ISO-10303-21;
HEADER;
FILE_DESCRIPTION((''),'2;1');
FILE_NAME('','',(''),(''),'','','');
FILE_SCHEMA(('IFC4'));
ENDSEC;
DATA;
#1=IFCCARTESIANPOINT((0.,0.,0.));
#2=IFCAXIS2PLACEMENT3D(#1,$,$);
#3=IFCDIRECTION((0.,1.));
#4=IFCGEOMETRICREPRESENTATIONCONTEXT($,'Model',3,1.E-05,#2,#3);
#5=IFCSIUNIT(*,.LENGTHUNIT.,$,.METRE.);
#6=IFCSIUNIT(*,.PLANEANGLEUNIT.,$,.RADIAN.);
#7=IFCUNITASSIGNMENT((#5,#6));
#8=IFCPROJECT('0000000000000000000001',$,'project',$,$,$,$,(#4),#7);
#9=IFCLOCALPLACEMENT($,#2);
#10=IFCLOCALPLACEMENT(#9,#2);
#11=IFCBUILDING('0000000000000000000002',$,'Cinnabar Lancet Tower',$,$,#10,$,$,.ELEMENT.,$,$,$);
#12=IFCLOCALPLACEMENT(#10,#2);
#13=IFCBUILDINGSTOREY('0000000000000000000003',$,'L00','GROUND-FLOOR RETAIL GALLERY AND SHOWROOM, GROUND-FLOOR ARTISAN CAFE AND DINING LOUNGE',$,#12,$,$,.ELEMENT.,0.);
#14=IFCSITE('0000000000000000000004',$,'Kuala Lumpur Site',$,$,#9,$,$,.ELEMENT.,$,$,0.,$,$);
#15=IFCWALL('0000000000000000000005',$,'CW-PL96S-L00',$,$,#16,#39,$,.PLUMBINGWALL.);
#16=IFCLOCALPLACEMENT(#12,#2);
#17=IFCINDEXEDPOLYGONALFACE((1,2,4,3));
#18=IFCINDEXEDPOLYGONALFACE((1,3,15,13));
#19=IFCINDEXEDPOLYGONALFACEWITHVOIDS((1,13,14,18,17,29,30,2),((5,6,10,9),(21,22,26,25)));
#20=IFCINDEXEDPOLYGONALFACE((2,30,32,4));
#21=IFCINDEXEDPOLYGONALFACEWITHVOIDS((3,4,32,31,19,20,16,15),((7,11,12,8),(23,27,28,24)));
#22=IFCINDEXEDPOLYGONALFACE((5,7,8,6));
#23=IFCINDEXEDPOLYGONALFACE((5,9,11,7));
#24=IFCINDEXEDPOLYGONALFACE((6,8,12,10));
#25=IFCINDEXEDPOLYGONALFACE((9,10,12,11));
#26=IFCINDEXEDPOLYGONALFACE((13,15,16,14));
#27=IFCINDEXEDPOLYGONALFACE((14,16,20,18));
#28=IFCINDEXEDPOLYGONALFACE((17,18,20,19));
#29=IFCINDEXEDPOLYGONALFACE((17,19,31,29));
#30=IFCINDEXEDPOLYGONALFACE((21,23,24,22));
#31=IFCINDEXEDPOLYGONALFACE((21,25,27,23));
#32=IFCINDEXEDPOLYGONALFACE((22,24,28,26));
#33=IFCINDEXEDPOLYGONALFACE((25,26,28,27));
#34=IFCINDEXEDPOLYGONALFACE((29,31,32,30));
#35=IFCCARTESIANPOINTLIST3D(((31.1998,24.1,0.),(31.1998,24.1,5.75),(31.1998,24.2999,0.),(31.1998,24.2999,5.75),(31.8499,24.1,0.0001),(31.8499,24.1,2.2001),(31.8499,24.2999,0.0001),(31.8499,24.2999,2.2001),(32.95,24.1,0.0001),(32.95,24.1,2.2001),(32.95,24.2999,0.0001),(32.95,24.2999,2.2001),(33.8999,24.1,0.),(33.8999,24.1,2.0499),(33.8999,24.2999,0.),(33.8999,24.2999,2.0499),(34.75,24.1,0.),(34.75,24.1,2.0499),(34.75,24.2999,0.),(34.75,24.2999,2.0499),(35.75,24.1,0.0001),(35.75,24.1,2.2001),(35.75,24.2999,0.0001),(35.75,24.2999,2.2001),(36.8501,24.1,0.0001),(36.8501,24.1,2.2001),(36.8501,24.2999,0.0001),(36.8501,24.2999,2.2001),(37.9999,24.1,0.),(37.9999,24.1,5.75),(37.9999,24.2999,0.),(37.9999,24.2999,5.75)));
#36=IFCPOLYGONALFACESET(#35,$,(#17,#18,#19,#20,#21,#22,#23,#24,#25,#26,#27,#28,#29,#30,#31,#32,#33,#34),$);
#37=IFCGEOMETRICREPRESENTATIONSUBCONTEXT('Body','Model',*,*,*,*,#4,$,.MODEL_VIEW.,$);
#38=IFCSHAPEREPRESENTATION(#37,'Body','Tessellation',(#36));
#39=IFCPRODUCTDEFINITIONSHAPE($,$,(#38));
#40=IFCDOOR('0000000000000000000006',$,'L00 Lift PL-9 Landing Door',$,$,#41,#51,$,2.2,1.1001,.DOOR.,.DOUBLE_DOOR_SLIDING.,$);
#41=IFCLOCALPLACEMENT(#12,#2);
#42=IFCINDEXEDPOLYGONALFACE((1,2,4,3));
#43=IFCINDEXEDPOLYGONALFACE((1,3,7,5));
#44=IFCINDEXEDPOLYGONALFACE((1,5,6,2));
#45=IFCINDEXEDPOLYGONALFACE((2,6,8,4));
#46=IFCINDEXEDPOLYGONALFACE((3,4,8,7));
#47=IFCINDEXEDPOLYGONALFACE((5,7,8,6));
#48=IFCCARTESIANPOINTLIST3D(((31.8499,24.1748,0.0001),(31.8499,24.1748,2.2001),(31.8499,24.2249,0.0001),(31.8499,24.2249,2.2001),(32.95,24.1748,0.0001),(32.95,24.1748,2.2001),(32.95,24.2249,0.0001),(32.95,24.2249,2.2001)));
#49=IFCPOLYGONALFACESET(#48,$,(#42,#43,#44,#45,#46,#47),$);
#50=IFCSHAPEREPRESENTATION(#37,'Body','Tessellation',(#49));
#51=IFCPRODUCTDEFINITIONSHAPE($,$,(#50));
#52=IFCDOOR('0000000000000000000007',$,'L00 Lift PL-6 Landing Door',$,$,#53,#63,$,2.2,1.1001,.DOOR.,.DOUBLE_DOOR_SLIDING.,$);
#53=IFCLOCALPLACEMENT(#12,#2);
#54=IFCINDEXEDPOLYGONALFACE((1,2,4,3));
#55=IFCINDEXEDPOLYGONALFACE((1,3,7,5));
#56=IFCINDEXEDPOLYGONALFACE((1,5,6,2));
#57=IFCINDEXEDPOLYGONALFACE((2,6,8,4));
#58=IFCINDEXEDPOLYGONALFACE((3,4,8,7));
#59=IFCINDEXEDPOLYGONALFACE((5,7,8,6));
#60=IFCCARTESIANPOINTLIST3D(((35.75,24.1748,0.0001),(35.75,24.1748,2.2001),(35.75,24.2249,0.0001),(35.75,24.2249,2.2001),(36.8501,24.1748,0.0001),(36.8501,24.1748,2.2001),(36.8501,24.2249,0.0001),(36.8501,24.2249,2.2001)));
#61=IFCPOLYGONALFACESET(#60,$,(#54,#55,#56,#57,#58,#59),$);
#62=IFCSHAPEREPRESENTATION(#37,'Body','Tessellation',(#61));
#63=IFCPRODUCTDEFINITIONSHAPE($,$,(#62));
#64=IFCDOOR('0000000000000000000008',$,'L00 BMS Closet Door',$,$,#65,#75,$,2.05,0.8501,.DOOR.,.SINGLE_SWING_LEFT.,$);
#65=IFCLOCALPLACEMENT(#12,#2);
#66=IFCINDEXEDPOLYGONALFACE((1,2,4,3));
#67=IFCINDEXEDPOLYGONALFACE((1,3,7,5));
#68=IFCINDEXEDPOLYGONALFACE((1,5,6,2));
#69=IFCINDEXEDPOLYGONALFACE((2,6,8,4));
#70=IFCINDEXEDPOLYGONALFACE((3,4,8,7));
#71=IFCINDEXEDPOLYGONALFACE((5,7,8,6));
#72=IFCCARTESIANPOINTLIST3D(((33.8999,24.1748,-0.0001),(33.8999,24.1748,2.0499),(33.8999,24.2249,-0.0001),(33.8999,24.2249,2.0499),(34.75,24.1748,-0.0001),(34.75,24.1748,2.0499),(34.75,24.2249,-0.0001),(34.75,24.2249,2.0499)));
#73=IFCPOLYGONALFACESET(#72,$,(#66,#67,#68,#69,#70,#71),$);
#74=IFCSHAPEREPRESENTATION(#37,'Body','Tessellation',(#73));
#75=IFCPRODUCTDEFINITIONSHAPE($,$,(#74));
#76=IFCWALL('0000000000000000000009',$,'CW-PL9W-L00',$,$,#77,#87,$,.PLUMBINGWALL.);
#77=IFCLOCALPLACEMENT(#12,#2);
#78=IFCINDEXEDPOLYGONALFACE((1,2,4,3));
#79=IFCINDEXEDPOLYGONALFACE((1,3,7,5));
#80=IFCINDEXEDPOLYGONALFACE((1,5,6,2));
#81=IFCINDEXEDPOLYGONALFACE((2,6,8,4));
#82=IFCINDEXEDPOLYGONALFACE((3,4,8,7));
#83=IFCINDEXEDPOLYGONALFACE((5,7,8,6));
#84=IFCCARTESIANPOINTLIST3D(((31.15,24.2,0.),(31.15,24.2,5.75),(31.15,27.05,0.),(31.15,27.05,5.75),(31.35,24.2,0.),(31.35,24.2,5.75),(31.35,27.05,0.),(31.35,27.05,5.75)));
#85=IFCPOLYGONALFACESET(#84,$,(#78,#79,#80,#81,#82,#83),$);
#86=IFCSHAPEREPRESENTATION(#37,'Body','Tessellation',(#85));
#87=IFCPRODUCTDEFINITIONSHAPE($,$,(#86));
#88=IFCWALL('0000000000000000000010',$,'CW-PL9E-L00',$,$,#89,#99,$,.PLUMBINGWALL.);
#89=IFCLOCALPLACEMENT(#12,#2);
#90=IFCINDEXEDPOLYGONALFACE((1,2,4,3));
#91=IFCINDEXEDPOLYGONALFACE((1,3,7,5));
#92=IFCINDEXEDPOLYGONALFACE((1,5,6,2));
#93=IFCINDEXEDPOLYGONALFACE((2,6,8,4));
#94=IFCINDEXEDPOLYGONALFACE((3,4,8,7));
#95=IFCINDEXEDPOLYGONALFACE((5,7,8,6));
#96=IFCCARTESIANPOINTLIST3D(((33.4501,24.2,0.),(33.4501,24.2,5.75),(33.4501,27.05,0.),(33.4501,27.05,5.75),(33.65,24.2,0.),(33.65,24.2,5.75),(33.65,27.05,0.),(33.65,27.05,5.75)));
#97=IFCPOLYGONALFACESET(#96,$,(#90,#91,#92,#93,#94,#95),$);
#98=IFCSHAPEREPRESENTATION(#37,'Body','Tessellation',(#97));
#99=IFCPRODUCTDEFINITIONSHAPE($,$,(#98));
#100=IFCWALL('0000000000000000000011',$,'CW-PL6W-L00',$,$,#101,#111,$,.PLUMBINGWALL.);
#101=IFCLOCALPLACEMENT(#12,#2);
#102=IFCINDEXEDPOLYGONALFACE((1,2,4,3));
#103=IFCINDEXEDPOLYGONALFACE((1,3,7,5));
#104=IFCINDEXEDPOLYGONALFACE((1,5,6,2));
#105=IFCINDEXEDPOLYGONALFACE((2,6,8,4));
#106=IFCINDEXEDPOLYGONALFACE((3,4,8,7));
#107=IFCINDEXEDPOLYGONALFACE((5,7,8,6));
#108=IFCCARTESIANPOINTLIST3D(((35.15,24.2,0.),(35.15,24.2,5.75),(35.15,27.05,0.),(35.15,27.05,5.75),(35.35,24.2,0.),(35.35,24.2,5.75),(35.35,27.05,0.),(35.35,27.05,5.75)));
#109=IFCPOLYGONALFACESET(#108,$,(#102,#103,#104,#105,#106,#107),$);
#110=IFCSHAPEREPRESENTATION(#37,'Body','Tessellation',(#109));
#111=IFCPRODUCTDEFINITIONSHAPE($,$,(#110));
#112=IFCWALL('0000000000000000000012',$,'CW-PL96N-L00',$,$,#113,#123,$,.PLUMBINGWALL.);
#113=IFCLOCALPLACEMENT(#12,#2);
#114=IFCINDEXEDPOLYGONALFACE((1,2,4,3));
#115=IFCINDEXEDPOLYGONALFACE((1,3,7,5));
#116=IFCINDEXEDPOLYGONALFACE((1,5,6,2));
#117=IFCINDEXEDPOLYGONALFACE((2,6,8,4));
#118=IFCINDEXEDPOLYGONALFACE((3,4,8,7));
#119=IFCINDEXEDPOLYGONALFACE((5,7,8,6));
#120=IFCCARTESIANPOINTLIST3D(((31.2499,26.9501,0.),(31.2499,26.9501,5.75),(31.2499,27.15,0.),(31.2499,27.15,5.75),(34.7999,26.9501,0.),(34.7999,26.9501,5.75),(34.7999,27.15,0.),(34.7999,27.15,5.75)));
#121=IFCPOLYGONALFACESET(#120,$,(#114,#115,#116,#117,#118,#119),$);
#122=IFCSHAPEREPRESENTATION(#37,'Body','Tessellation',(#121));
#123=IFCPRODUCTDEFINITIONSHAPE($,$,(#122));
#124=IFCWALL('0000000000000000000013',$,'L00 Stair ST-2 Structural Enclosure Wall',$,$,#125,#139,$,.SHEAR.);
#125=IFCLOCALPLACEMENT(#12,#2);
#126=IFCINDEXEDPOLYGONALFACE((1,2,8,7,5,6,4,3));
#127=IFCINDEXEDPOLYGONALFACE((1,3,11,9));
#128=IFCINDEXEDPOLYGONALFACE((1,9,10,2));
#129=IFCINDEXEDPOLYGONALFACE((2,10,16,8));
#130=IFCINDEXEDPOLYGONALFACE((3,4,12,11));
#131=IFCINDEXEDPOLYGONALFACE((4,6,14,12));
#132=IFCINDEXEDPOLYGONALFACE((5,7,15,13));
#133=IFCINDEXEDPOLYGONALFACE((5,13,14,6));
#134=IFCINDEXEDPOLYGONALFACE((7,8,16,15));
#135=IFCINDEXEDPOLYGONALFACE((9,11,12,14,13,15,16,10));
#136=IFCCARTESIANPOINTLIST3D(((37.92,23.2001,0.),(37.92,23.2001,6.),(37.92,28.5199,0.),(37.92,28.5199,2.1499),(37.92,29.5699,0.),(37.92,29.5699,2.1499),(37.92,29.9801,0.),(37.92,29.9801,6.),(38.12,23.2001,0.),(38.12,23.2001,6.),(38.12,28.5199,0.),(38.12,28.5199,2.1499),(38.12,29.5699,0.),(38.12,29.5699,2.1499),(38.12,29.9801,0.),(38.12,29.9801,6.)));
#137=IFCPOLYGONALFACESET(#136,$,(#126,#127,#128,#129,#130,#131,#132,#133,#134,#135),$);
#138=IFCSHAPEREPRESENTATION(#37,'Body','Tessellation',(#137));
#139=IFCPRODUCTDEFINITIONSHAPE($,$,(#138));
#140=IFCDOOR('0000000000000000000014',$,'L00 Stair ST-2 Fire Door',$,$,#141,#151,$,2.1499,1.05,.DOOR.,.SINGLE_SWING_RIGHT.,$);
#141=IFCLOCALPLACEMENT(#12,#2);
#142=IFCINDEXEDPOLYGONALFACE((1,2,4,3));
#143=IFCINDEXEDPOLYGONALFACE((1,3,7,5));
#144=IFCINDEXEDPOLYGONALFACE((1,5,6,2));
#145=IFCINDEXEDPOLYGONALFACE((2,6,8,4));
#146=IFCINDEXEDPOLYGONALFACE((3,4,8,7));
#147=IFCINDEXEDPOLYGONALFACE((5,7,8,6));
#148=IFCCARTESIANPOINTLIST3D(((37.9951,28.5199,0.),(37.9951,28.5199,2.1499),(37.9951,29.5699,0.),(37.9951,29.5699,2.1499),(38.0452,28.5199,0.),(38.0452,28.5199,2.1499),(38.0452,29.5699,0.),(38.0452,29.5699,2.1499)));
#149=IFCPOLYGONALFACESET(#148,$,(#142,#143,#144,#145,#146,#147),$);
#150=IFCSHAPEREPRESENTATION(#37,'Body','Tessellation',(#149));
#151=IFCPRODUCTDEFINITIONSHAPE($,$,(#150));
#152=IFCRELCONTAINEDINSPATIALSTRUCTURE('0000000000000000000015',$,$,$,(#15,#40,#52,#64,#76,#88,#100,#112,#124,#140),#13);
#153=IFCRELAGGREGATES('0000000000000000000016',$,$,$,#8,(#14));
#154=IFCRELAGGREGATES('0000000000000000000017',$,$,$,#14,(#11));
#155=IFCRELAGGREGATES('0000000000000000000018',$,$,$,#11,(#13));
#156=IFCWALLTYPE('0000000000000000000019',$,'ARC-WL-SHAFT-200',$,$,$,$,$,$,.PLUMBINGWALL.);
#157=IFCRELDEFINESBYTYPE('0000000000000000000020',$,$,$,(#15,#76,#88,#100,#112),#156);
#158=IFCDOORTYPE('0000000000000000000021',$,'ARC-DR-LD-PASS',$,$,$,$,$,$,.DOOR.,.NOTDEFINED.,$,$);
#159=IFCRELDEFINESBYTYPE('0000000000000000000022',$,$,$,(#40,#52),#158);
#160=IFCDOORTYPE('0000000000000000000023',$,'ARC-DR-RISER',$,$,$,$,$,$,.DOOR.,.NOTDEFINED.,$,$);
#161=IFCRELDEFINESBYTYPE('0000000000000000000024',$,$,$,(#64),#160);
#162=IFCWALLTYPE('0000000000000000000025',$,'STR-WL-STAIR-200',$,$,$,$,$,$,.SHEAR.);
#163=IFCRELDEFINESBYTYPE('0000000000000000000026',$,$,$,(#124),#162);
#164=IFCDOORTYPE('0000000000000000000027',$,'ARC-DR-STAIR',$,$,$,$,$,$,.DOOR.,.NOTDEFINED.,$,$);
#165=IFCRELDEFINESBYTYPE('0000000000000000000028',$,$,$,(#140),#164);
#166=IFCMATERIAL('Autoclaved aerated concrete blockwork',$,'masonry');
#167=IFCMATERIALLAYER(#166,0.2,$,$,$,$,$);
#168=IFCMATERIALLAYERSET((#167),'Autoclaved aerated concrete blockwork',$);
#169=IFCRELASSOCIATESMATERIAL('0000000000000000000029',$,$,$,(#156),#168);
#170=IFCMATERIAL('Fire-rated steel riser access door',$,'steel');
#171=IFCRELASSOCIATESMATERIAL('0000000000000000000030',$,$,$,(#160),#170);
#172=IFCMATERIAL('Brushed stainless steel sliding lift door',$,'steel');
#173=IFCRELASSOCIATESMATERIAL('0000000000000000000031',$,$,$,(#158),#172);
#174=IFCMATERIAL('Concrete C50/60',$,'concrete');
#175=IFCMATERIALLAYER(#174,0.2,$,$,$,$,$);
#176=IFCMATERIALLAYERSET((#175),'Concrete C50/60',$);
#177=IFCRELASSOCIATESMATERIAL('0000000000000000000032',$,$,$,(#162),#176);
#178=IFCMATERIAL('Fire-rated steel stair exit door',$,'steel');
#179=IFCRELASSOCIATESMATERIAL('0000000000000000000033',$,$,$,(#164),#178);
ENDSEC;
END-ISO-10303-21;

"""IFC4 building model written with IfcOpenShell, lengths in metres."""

from ifc_helpers import new_model, si_unit, direction, frame, frame_2d, origin, place, context, subcontext, project, spatial, rectangle, extrude, material, layer, layer_set, type_object, element, fill, save


model = new_model("IFC4")

# Units and contexts
model_context = context("Model", 3, precision=1e-05, world=origin(), true_north=direction((0.0, 1.0)))
body_context = subcontext(model_context, "Body", "Model", "MODEL_VIEW")
ifc_project = project(units=[si_unit("LENGTHUNIT", "METRE"), si_unit("PLANEANGLEUNIT", "RADIAN")], contexts=[model_context])

# Site, building, storey
site_placement = place(None, origin())
site = spatial("IfcSite", under=ifc_project, at=site_placement, Name="Kuala Lumpur Site", CompositionType="ELEMENT", RefElevation=0.0)
building_placement = place(site_placement, origin())
building = spatial("IfcBuilding", under=site, at=building_placement, Name="Cinnabar Lancet Tower", CompositionType="ELEMENT")
storey_placement = place(building_placement, origin())
storey = spatial("IfcBuildingStorey", under=building, at=storey_placement, Name="L00", Description="GROUND-FLOOR RETAIL GALLERY AND SHOWROOM, GROUND-FLOOR ARTISAN CAFE AND DINING LOUNGE", CompositionType="ELEMENT", Elevation=0.0)

# Shared definitions
ifc_material_1 = material(Name="Autoclaved aerated concrete blockwork", Category="masonry")
ifc_layer_1 = layer(ifc_material_1, 0.2)
ifc_layer_set_1 = layer_set([ifc_layer_1], Name="Autoclaved aerated concrete blockwork")
wall_type_1 = type_object("IfcWallType", Name="ARC-WL-SHAFT-200", PredefinedType="PLUMBINGWALL", material=ifc_layer_set_1)

# Shared definitions
ifc_material_2 = material(Name="Fire-rated steel riser access door", Category="steel")
door_type_1 = type_object("IfcDoorType", Name="ARC-DR-RISER", OperationType="NOTDEFINED", PredefinedType="DOOR", material=ifc_material_2)

# Wall, openings, doors
wall_1_placement = place(storey_placement, frame((31.2, 24.2, 0.0), z_axis=(0.0, 0.0, 1.0), x_axis=(1.0, 0.0, 0.0)))
wall_1 = element("IfcWall", 1, at=wall_1_placement, inside=storey, type_object=wall_type_1, Name="CW-PL96S-L00", PredefinedType="PLUMBINGWALL", context=body_context, shape_type="SweptSolid", body=[
    extrude(rectangle(XDim=6.8, YDim=0.2, at=frame_2d((3.3999, 0.0))), origin(), (0.0, 0.0, 1.0), 5.75),
])
opening_1_placement = place(wall_1_placement, frame((0.6499, 0.0, 0.0)))
opening_1 = element("IfcOpeningElement", 2, at=opening_1_placement, cuts=wall_1, PredefinedType="OPENING", context=body_context, shape_type="SweptSolid", body=[
    extrude(rectangle(XDim=1.1001, YDim=2.2, at=frame_2d((0.55, 1.1001))), frame((0.0, 0.1099, 0.0), z_axis=(0.0, -1.0, 0.0), x_axis=(1.0, 0.0, 0.0)), (0.0, 0.0, 1.0), 0.22),
])
opening_2_placement = place(wall_1_placement, frame((2.7, 0.0, 0.0)))
opening_2 = element("IfcOpeningElement", 3, at=opening_2_placement, cuts=wall_1, PredefinedType="OPENING", context=body_context, shape_type="SweptSolid", body=[
    extrude(rectangle(XDim=0.8501, YDim=2.05, at=frame_2d((0.425, 1.0249))), frame((0.0, 0.1099, 0.0), z_axis=(0.0, -1.0, 0.0), x_axis=(1.0, 0.0, 0.0)), (0.0, 0.0, 1.0), 0.22),
])
opening_3_placement = place(wall_1_placement, frame((4.55, 0.0, 0.0)))
opening_3 = element("IfcOpeningElement", 4, at=opening_3_placement, cuts=wall_1, PredefinedType="OPENING", context=body_context, shape_type="SweptSolid", body=[
    extrude(rectangle(XDim=1.1001, YDim=2.2, at=frame_2d((0.55, 1.1001))), frame((0.0, 0.1099, 0.0), z_axis=(0.0, -1.0, 0.0), x_axis=(1.0, 0.0, 0.0)), (0.0, 0.0, 1.0), 0.22),
])
ifc_material_3 = material(Name="Brushed stainless steel sliding lift door", Category="steel")
door_type_2 = type_object("IfcDoorType", Name="ARC-DR-LD-PASS", OperationType="NOTDEFINED", PredefinedType="DOOR", material=ifc_material_3)
door_1_placement = place(opening_1_placement, origin())
door_1 = element("IfcDoor", 5, at=door_1_placement, inside=storey, type_object=door_type_2, Name="L00 Lift PL-9 Landing Door", OperationType="DOUBLE_DOOR_SLIDING", OverallHeight=2.2, OverallWidth=1.1001, PredefinedType="DOOR", context=body_context, shape_type="SweptSolid", body=[
    extrude(rectangle(XDim=1.1001, YDim=2.2, at=frame_2d((0.55, 1.1001))), frame((0.0, 0.0249, 0.0), z_axis=(0.0, -1.0, 0.0), x_axis=(1.0, 0.0, 0.0)), (0.0, 0.0, 1.0), 0.05),
])
fill(opening_1, door_1)
door_2_placement = place(opening_3_placement, origin())
door_2 = element("IfcDoor", 6, at=door_2_placement, inside=storey, type_object=door_type_2, Name="L00 Lift PL-6 Landing Door", OperationType="DOUBLE_DOOR_SLIDING", OverallHeight=2.2, OverallWidth=1.1001, PredefinedType="DOOR", context=body_context, shape_type="SweptSolid", body=[
    extrude(rectangle(XDim=1.1001, YDim=2.2, at=frame_2d((0.55, 1.1001))), frame((0.0, 0.0249, 0.0), z_axis=(0.0, -1.0, 0.0), x_axis=(1.0, 0.0, 0.0)), (0.0, 0.0, 1.0), 0.05),
])
fill(opening_3, door_2)
door_3_placement = place(opening_2_placement, origin())
door_3 = element("IfcDoor", 7, at=door_3_placement, inside=storey, type_object=door_type_1, Name="L00 BMS Closet Door", OperationType="SINGLE_SWING_LEFT", OverallHeight=2.05, OverallWidth=0.8501, PredefinedType="DOOR", context=body_context, shape_type="SweptSolid", body=[
    extrude(rectangle(XDim=0.8501, YDim=2.05, at=frame_2d((0.425, 1.0249))), frame((0.0, 0.0249, 0.0), z_axis=(0.0, -1.0, 0.0), x_axis=(1.0, 0.0, 0.0)), (0.0, 0.0, 1.0), 0.05),
])
fill(opening_2, door_3)

# Walls
for number, where, z_axis, x_axis, name in (
    (8, (31.25, 24.2, 0.0), (0.0, 0.0, 1.0), (0.0, 1.0, 0.0), "CW-PL9W-L00"),
    (9, (33.55, 24.2, 0.0), (0.0, 0.0, 1.0), (0.0, 1.0, 0.0), "CW-PL9E-L00"),
    (10, (35.25, 24.2, 0.0), (0.0, 0.0, 1.0), (0.0, 1.0, 0.0), "CW-PL6W-L00"),
):
    element("IfcWall", number, at=place(storey_placement, frame(where, z_axis=z_axis, x_axis=x_axis)), inside=storey, type_object=wall_type_1, Name=name, PredefinedType="PLUMBINGWALL", context=body_context, shape_type="SweptSolid", body=[
        extrude(rectangle(XDim=2.8501, YDim=0.2, at=frame_2d((1.425, 0.0))), origin(), (0.0, 0.0, 1.0), 5.75),
    ])
wall_2_placement = place(storey_placement, frame((31.25, 27.05, 0.0), z_axis=(0.0, 0.0, 1.0), x_axis=(1.0, 0.0, 0.0)))
element("IfcWall", 11, at=wall_2_placement, inside=storey, type_object=wall_type_1, Name="CW-PL96N-L00", PredefinedType="PLUMBINGWALL", context=body_context, shape_type="SweptSolid", body=[
    extrude(rectangle(XDim=3.55, YDim=0.2, at=frame_2d((1.7749, 0.0))), origin(), (0.0, 0.0, 1.0), 5.75),
])

# Wall, opening, door
ifc_material_4 = material(Name="Concrete C50/60", Category="concrete")
ifc_layer_2 = layer(ifc_material_4, 0.2)
ifc_layer_set_2 = layer_set([ifc_layer_2], Name="Concrete C50/60")
wall_type_2 = type_object("IfcWallType", Name="STR-WL-STAIR-200", PredefinedType="SHEAR", material=ifc_layer_set_2)
wall_3_placement = place(storey_placement, frame((38.02, 23.2, 0.0), z_axis=(0.0, 0.0, 1.0), x_axis=(0.0, 1.0, 0.0)))
wall_3 = element("IfcWall", 12, at=wall_3_placement, inside=storey, type_object=wall_type_2, Name="L00 Stair ST-2 Structural Enclosure Wall", PredefinedType="SHEAR", context=body_context, shape_type="SweptSolid", body=[
    extrude(rectangle(XDim=6.78, YDim=0.2, at=frame_2d((3.3901, 0.0))), origin(), (0.0, 0.0, 1.0), 6.0),
])
opening_4_placement = place(wall_3_placement, frame((5.3201, 0.0, 0.0)))
opening_4 = element("IfcOpeningElement", 13, at=opening_4_placement, cuts=wall_3, PredefinedType="OPENING", context=body_context, shape_type="SweptSolid", body=[
    extrude(rectangle(XDim=1.05, YDim=2.1499, at=frame_2d((0.5249, 1.075))), frame((0.0, 0.1099, 0.0), z_axis=(0.0, -1.0, 0.0), x_axis=(1.0, 0.0, 0.0)), (0.0, 0.0, 1.0), 0.22),
])
ifc_material_5 = material(Name="Fire-rated steel stair exit door", Category="steel")
door_type_3 = type_object("IfcDoorType", Name="ARC-DR-STAIR", OperationType="NOTDEFINED", PredefinedType="DOOR", material=ifc_material_5)
door_4_placement = place(opening_4_placement, origin())
door_4 = element("IfcDoor", 14, at=door_4_placement, inside=storey, type_object=door_type_3, Name="L00 Stair ST-2 Fire Door", OperationType="SINGLE_SWING_RIGHT", OverallHeight=2.1499, OverallWidth=1.05, PredefinedType="DOOR", context=body_context, shape_type="SweptSolid", body=[
    extrude(rectangle(XDim=1.05, YDim=2.1499, at=frame_2d((0.5249, 1.075))), frame((0.0, 0.0249, 0.0), z_axis=(0.0, -1.0, 0.0), x_axis=(1.0, 0.0, 0.0)), (0.0, 0.0, 1.0), 0.05),
])
fill(opening_4, door_4)

save(model, "model.ifc")
